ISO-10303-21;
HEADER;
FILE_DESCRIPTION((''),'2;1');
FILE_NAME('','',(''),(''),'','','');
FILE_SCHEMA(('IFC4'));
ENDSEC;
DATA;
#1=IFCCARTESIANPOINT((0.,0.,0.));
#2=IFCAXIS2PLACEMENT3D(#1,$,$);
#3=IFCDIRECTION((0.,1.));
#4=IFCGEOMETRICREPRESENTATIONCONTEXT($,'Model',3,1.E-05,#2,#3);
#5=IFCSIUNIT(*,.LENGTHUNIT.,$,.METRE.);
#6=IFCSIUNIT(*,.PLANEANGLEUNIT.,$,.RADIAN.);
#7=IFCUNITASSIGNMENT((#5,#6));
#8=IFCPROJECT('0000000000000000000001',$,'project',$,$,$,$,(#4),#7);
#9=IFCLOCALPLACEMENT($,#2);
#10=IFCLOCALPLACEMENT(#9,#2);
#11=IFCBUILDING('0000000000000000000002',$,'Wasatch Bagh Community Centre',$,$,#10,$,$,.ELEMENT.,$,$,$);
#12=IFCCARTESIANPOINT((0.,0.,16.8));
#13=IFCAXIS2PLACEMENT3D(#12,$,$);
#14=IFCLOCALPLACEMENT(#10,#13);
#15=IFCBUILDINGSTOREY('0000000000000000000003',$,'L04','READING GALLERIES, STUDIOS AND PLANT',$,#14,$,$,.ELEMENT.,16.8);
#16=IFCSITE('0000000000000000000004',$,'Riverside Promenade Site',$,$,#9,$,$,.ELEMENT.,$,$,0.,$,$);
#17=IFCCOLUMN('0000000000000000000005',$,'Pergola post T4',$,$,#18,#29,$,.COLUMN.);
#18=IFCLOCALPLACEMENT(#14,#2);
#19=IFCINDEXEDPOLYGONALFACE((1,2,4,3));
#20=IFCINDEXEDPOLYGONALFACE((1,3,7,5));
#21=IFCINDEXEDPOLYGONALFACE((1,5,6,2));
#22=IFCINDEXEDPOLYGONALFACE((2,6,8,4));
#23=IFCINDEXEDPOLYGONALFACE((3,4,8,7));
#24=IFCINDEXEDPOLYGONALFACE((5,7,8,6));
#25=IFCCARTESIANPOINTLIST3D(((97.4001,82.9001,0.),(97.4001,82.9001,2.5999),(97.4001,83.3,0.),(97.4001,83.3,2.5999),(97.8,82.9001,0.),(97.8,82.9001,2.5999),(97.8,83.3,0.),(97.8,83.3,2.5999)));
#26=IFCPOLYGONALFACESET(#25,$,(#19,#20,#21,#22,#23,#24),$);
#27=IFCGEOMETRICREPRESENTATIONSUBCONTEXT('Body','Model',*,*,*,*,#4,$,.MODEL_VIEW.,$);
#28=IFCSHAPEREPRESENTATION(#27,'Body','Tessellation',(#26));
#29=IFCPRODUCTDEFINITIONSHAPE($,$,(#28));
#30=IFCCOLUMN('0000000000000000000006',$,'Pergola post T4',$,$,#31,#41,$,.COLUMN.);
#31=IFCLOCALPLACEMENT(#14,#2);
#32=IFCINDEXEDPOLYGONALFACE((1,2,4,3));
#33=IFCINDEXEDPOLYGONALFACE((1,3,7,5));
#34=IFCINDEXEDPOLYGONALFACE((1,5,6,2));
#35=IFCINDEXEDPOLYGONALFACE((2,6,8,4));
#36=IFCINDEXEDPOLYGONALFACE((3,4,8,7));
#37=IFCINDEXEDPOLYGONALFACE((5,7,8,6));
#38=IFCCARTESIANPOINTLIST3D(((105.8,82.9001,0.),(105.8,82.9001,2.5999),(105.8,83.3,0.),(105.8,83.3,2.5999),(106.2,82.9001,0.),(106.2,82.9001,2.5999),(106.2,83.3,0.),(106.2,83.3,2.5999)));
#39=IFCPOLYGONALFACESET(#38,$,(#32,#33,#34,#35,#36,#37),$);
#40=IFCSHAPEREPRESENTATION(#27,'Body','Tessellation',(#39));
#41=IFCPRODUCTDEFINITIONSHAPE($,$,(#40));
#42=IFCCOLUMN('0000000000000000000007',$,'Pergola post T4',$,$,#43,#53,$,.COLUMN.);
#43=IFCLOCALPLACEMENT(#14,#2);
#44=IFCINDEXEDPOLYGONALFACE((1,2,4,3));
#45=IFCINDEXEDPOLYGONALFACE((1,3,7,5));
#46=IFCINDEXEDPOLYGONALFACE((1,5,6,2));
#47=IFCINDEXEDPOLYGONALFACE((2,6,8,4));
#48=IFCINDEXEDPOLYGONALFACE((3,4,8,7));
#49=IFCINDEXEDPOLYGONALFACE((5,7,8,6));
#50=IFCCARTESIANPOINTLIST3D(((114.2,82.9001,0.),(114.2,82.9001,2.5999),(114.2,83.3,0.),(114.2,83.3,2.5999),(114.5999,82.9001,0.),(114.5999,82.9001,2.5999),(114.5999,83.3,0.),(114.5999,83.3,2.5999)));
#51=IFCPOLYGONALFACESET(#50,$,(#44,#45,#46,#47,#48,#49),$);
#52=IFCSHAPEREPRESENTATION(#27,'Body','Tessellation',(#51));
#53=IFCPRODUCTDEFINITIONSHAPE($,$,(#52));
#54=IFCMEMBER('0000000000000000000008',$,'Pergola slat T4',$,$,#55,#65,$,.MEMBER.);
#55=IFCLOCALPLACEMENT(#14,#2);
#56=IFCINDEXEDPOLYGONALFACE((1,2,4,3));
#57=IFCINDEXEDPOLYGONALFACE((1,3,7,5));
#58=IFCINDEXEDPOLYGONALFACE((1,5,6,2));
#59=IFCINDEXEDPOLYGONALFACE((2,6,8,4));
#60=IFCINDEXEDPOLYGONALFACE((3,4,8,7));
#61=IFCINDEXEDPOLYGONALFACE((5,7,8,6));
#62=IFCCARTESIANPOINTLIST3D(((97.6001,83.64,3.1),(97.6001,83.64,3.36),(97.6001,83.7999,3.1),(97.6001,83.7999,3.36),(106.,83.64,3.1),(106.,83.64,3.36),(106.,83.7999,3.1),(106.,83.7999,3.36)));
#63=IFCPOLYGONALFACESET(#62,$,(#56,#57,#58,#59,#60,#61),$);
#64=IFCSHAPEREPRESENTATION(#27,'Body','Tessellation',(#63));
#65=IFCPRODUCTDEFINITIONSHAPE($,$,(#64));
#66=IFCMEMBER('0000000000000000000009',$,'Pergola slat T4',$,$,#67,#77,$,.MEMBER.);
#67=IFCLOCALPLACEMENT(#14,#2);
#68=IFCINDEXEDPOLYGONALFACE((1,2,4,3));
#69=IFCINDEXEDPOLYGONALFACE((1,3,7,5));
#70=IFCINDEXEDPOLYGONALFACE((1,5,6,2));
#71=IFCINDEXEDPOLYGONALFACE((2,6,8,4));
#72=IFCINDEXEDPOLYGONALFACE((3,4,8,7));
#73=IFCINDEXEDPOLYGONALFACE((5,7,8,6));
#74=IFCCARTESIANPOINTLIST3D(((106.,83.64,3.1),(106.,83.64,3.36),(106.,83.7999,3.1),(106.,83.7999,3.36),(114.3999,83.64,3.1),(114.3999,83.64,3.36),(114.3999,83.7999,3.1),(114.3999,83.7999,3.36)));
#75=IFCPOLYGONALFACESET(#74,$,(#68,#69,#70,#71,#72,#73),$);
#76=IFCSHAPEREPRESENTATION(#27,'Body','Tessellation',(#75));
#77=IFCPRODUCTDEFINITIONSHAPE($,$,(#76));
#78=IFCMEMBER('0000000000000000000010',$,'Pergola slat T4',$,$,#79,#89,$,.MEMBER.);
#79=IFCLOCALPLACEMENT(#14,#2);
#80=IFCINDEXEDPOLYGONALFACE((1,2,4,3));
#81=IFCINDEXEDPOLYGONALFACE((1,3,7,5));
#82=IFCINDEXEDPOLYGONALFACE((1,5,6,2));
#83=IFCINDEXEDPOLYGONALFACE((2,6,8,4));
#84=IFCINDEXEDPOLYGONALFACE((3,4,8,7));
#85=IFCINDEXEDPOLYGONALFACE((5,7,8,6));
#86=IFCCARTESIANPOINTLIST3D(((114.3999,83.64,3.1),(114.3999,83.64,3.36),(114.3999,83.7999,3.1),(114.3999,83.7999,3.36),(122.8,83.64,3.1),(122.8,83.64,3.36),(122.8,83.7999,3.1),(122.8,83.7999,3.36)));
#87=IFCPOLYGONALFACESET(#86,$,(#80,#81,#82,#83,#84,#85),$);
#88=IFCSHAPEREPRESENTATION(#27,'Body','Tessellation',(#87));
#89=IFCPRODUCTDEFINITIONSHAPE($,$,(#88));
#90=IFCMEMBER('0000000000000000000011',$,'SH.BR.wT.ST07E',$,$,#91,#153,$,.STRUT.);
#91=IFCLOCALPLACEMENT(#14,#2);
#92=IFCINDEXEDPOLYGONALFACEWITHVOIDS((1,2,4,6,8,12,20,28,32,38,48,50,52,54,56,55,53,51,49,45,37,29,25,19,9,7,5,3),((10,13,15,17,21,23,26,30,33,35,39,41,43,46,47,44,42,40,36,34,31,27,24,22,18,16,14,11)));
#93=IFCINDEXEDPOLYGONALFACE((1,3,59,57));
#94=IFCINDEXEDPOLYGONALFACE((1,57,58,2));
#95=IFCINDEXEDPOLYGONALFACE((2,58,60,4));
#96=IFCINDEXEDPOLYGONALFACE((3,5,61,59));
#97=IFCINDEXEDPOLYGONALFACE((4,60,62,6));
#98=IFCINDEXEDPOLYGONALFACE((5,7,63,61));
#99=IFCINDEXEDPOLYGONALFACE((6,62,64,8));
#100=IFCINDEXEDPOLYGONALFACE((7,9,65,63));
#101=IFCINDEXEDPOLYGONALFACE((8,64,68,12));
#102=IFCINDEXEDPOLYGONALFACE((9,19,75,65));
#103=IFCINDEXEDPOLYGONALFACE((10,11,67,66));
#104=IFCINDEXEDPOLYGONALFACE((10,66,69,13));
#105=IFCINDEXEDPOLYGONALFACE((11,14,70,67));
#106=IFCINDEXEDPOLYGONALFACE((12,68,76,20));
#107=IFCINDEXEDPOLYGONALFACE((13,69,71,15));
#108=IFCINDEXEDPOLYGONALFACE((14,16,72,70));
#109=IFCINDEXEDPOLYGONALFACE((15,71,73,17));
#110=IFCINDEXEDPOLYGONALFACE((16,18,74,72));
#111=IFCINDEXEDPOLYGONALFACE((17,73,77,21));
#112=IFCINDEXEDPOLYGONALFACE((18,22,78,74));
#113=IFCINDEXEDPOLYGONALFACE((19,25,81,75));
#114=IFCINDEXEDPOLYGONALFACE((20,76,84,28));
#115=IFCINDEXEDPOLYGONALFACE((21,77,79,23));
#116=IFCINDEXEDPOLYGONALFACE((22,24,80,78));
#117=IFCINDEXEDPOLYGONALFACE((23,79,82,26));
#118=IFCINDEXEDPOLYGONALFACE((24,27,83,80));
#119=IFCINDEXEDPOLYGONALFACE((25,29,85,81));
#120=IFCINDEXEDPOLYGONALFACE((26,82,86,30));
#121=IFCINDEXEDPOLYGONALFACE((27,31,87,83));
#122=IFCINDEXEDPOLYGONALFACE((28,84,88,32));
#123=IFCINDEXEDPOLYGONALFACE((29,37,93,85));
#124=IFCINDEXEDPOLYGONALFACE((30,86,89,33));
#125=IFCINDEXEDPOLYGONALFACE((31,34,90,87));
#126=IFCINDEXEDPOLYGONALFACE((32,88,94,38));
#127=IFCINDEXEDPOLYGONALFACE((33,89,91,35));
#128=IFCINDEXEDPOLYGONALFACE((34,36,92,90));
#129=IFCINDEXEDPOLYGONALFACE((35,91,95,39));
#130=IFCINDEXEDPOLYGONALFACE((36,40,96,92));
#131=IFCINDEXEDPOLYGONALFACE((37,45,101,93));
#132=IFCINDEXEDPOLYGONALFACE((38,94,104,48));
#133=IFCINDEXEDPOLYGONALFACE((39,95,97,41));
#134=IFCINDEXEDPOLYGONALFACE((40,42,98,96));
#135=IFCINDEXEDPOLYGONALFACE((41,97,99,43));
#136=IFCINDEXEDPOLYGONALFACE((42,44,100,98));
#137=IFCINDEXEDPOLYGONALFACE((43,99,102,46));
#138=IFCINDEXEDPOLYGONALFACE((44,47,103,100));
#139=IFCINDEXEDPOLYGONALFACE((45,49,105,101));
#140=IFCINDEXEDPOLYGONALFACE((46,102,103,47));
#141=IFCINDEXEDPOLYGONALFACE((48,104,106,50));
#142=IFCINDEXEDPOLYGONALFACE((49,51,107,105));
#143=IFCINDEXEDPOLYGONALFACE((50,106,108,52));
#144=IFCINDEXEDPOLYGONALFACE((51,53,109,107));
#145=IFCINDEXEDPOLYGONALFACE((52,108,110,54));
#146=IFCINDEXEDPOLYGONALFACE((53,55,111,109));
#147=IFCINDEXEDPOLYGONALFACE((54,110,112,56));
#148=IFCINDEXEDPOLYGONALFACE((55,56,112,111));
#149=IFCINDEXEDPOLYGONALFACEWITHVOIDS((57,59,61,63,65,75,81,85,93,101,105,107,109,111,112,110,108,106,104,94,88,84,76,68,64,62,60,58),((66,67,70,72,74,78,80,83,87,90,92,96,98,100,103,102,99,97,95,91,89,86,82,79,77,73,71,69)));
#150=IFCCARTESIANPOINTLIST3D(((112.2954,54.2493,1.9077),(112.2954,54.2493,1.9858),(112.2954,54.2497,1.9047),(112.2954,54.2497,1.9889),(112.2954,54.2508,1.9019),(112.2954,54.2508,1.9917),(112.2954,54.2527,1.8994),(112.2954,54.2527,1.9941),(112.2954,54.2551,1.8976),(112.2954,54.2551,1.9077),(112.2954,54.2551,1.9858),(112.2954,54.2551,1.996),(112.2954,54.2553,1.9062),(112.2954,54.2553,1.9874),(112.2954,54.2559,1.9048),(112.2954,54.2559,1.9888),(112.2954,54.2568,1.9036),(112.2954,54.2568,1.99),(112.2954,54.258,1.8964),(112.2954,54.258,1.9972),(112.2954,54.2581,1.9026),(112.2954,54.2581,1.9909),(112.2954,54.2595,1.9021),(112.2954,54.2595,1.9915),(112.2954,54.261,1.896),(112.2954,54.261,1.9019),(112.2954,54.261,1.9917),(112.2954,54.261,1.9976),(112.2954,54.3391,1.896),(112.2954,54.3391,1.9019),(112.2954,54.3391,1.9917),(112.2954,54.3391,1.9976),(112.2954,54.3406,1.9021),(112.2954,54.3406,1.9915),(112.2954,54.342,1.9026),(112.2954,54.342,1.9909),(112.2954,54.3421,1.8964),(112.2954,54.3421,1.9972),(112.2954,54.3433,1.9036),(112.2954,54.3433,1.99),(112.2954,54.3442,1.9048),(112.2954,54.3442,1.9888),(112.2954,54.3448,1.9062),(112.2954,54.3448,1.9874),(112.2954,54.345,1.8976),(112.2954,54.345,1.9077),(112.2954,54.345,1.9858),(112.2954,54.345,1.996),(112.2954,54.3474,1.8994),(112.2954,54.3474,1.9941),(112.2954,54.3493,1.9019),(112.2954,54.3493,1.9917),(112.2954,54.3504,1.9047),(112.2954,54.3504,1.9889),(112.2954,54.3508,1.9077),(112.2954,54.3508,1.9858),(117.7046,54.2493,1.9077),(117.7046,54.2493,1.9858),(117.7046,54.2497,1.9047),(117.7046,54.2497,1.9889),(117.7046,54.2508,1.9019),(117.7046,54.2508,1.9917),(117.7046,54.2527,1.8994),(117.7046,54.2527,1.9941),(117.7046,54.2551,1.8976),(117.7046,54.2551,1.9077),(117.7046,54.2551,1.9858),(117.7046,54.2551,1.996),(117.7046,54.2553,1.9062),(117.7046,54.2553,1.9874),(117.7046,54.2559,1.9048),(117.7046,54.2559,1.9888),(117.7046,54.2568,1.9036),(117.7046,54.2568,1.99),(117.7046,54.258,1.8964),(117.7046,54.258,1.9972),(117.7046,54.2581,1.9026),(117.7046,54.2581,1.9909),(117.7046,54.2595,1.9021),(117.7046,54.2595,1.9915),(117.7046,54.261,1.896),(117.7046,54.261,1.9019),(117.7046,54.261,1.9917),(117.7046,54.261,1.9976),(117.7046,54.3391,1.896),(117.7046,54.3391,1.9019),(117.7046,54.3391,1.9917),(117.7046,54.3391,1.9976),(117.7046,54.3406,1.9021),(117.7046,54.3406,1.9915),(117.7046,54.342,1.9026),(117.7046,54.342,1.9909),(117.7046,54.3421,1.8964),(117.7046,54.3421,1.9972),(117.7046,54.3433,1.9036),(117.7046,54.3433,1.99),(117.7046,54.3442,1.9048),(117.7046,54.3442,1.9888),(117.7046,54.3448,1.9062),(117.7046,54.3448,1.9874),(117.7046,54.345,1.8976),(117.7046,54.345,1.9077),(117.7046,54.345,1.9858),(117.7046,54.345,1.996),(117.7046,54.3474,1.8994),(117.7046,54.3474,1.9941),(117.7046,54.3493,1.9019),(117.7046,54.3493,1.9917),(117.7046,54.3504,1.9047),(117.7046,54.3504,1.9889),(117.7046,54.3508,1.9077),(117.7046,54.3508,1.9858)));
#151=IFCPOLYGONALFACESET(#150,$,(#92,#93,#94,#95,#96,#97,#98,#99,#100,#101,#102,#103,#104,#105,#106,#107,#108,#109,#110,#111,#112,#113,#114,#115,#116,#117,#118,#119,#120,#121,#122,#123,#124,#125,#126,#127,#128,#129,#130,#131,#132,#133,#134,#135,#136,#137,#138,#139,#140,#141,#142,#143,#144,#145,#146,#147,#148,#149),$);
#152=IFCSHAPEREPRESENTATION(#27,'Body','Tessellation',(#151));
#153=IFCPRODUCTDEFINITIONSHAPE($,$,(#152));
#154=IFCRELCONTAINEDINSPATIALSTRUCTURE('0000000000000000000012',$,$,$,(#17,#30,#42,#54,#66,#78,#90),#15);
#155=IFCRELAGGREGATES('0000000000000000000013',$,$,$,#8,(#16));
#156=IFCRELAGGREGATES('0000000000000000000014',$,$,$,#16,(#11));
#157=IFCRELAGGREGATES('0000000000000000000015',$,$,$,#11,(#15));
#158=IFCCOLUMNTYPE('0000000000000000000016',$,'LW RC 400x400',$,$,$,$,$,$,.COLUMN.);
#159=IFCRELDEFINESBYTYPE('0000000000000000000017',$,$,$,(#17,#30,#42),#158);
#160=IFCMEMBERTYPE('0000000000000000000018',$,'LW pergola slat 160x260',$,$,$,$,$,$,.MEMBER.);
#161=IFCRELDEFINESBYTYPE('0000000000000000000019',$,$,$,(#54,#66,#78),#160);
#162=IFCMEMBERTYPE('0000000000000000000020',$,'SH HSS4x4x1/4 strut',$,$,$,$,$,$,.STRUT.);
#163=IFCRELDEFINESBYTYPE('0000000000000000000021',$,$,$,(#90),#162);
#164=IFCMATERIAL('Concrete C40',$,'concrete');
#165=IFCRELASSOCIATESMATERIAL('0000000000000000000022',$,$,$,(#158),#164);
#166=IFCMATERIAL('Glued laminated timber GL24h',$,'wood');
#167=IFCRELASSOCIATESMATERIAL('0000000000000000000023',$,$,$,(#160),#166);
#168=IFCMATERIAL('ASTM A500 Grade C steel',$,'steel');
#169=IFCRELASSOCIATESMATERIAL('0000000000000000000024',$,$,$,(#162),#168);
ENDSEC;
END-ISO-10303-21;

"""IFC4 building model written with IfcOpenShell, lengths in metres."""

from ifc_helpers import new_model, si_unit, direction, frame, origin, origin_2d, place, context, subcontext, project, spatial, rectangle, hollow_rectangle, extrude, material, material_profile, profile_set, type_object, element, save


model = new_model("IFC4")

# Units and contexts
model_context = context("Model", 3, precision=1e-05, world=origin(), true_north=direction((0.0, 1.0)))
body_context = subcontext(model_context, "Body", "Model", "MODEL_VIEW")
ifc_project = project(units=[si_unit("LENGTHUNIT", "METRE"), si_unit("PLANEANGLEUNIT", "RADIAN")], contexts=[model_context])

# Site, building, storey
site_placement = place(None, origin())
site = spatial("IfcSite", under=ifc_project, at=site_placement, Name="Riverside Promenade Site", CompositionType="ELEMENT", RefElevation=0.0)
building_placement = place(site_placement, origin())
building = spatial("IfcBuilding", under=site, at=building_placement, Name="Wasatch Bagh Community Centre", CompositionType="ELEMENT")
storey_placement = place(building_placement, frame((0.0, 0.0, 16.8)))
storey = spatial("IfcBuildingStorey", under=building, at=storey_placement, Name="L04", Description="READING GALLERIES, STUDIOS AND PLANT", CompositionType="ELEMENT", Elevation=16.8)

# Columns
ifc_material_1 = material(Name="Concrete C40", Category="concrete")
ifc_material_profile_1 = material_profile(ifc_material_1, rectangle(XDim=0.3999, YDim=0.3999, at=origin_2d()), Name="RC 400x400")
ifc_profile_set_1 = profile_set([ifc_material_profile_1], Name="Concrete C40")
column_type = type_object("IfcColumnType", Name="LW RC 400x400", PredefinedType="COLUMN", material=ifc_profile_set_1)
for number, where, z_axis, x_axis, name in (
    (1, (97.6001, 83.1001, 0.0), (0.0, 0.0, 1.0), (1.0, 0.0, 0.0), "Pergola post T4"),
    (2, (106.0, 83.1001, 0.0), (0.0, 0.0, 1.0), (1.0, 0.0, 0.0), "Pergola post T4"),
    (3, (114.3999, 83.1001, 0.0), (0.0, 0.0, 1.0), (1.0, 0.0, 0.0), "Pergola post T4"),
):
    element("IfcColumn", number, at=place(storey_placement, frame(where, z_axis=z_axis, x_axis=x_axis)), inside=storey, type_object=column_type, Name=name, PredefinedType="COLUMN", context=body_context, shape_type="SweptSolid", body=[
        extrude(rectangle(XDim=0.3999, YDim=0.3999, at=origin_2d()), origin(), (0.0, 0.0, 1.0), 2.5999),
    ])

# Members
ifc_material_2 = material(Name="Glued laminated timber GL24h", Category="wood")
ifc_material_profile_2 = material_profile(ifc_material_2, rectangle(XDim=0.1599, YDim=0.26, at=origin_2d()), Name="GL 160x260")
ifc_profile_set_2 = profile_set([ifc_material_profile_2], Name="Glued laminated timber GL24h")
member_type_1 = type_object("IfcMemberType", Name="LW pergola slat 160x260", PredefinedType="MEMBER", material=ifc_profile_set_2)
for number, where, z_axis, x_axis, name in (
    (4, (97.6001, 83.72, 3.23), (1.0, 0.0, 0.0), (0.0, 1.0, 0.0), "Pergola slat T4"),
    (5, (106.0, 83.72, 3.23), (1.0, 0.0, 0.0), (0.0, 1.0, 0.0), "Pergola slat T4"),
):
    element("IfcMember", number, at=place(storey_placement, frame(where, z_axis=z_axis, x_axis=x_axis)), inside=storey, type_object=member_type_1, Name=name, PredefinedType="MEMBER", context=body_context, shape_type="SweptSolid", body=[
        extrude(rectangle(XDim=0.1599, YDim=0.26, at=origin_2d()), origin(), (0.0, 0.0, 1.0), 8.3999),
    ])
member_1_placement = place(storey_placement, frame((114.3999, 83.72, 3.23), z_axis=(1.0, 0.0, 0.0), x_axis=(0.0, 1.0, 0.0)))
element("IfcMember", 6, at=member_1_placement, inside=storey, type_object=member_type_1, Name="Pergola slat T4", PredefinedType="MEMBER", context=body_context, shape_type="SweptSolid", body=[
    extrude(rectangle(XDim=0.1599, YDim=0.26, at=origin_2d()), origin(), (0.0, 0.0, 1.0), 8.4001),
])
ifc_material_3 = material(Name="ASTM A500 Grade C steel", Category="steel")
ifc_material_profile_3 = material_profile(ifc_material_3, hollow_rectangle(XDim=0.1016, YDim=0.1016, WallThickness=0.0059, InnerFilletRadius=0.0059, OuterFilletRadius=0.0117, at=origin_2d()), Name="HSS4x4x1/4")
ifc_profile_set_3 = profile_set([ifc_material_profile_3], Name="ASTM A500 Grade C steel")
member_type_2 = type_object("IfcMemberType", Name="SH HSS4x4x1/4 strut", PredefinedType="STRUT", material=ifc_profile_set_3)
for number, where, z_axis, x_axis, name in (
    (7, (112.2954, 54.3, 1.9468), (1.0, 0.0, 0.0), (0.0, 1.0, 0.0), "SH.BR.wT.ST07E"),
):
    element("IfcMember", number, at=place(storey_placement, frame(where, z_axis=z_axis, x_axis=x_axis)), inside=storey, type_object=member_type_2, Name=name, PredefinedType="STRUT", context=body_context, shape_type="SweptSolid", body=[
        extrude(hollow_rectangle(XDim=0.1016, YDim=0.1016, WallThickness=0.0059, InnerFilletRadius=0.0059, OuterFilletRadius=0.0117, at=origin_2d()), origin(), (0.0, 0.0, 1.0), 5.4092),
    ])

save(model, "model.ifc")
